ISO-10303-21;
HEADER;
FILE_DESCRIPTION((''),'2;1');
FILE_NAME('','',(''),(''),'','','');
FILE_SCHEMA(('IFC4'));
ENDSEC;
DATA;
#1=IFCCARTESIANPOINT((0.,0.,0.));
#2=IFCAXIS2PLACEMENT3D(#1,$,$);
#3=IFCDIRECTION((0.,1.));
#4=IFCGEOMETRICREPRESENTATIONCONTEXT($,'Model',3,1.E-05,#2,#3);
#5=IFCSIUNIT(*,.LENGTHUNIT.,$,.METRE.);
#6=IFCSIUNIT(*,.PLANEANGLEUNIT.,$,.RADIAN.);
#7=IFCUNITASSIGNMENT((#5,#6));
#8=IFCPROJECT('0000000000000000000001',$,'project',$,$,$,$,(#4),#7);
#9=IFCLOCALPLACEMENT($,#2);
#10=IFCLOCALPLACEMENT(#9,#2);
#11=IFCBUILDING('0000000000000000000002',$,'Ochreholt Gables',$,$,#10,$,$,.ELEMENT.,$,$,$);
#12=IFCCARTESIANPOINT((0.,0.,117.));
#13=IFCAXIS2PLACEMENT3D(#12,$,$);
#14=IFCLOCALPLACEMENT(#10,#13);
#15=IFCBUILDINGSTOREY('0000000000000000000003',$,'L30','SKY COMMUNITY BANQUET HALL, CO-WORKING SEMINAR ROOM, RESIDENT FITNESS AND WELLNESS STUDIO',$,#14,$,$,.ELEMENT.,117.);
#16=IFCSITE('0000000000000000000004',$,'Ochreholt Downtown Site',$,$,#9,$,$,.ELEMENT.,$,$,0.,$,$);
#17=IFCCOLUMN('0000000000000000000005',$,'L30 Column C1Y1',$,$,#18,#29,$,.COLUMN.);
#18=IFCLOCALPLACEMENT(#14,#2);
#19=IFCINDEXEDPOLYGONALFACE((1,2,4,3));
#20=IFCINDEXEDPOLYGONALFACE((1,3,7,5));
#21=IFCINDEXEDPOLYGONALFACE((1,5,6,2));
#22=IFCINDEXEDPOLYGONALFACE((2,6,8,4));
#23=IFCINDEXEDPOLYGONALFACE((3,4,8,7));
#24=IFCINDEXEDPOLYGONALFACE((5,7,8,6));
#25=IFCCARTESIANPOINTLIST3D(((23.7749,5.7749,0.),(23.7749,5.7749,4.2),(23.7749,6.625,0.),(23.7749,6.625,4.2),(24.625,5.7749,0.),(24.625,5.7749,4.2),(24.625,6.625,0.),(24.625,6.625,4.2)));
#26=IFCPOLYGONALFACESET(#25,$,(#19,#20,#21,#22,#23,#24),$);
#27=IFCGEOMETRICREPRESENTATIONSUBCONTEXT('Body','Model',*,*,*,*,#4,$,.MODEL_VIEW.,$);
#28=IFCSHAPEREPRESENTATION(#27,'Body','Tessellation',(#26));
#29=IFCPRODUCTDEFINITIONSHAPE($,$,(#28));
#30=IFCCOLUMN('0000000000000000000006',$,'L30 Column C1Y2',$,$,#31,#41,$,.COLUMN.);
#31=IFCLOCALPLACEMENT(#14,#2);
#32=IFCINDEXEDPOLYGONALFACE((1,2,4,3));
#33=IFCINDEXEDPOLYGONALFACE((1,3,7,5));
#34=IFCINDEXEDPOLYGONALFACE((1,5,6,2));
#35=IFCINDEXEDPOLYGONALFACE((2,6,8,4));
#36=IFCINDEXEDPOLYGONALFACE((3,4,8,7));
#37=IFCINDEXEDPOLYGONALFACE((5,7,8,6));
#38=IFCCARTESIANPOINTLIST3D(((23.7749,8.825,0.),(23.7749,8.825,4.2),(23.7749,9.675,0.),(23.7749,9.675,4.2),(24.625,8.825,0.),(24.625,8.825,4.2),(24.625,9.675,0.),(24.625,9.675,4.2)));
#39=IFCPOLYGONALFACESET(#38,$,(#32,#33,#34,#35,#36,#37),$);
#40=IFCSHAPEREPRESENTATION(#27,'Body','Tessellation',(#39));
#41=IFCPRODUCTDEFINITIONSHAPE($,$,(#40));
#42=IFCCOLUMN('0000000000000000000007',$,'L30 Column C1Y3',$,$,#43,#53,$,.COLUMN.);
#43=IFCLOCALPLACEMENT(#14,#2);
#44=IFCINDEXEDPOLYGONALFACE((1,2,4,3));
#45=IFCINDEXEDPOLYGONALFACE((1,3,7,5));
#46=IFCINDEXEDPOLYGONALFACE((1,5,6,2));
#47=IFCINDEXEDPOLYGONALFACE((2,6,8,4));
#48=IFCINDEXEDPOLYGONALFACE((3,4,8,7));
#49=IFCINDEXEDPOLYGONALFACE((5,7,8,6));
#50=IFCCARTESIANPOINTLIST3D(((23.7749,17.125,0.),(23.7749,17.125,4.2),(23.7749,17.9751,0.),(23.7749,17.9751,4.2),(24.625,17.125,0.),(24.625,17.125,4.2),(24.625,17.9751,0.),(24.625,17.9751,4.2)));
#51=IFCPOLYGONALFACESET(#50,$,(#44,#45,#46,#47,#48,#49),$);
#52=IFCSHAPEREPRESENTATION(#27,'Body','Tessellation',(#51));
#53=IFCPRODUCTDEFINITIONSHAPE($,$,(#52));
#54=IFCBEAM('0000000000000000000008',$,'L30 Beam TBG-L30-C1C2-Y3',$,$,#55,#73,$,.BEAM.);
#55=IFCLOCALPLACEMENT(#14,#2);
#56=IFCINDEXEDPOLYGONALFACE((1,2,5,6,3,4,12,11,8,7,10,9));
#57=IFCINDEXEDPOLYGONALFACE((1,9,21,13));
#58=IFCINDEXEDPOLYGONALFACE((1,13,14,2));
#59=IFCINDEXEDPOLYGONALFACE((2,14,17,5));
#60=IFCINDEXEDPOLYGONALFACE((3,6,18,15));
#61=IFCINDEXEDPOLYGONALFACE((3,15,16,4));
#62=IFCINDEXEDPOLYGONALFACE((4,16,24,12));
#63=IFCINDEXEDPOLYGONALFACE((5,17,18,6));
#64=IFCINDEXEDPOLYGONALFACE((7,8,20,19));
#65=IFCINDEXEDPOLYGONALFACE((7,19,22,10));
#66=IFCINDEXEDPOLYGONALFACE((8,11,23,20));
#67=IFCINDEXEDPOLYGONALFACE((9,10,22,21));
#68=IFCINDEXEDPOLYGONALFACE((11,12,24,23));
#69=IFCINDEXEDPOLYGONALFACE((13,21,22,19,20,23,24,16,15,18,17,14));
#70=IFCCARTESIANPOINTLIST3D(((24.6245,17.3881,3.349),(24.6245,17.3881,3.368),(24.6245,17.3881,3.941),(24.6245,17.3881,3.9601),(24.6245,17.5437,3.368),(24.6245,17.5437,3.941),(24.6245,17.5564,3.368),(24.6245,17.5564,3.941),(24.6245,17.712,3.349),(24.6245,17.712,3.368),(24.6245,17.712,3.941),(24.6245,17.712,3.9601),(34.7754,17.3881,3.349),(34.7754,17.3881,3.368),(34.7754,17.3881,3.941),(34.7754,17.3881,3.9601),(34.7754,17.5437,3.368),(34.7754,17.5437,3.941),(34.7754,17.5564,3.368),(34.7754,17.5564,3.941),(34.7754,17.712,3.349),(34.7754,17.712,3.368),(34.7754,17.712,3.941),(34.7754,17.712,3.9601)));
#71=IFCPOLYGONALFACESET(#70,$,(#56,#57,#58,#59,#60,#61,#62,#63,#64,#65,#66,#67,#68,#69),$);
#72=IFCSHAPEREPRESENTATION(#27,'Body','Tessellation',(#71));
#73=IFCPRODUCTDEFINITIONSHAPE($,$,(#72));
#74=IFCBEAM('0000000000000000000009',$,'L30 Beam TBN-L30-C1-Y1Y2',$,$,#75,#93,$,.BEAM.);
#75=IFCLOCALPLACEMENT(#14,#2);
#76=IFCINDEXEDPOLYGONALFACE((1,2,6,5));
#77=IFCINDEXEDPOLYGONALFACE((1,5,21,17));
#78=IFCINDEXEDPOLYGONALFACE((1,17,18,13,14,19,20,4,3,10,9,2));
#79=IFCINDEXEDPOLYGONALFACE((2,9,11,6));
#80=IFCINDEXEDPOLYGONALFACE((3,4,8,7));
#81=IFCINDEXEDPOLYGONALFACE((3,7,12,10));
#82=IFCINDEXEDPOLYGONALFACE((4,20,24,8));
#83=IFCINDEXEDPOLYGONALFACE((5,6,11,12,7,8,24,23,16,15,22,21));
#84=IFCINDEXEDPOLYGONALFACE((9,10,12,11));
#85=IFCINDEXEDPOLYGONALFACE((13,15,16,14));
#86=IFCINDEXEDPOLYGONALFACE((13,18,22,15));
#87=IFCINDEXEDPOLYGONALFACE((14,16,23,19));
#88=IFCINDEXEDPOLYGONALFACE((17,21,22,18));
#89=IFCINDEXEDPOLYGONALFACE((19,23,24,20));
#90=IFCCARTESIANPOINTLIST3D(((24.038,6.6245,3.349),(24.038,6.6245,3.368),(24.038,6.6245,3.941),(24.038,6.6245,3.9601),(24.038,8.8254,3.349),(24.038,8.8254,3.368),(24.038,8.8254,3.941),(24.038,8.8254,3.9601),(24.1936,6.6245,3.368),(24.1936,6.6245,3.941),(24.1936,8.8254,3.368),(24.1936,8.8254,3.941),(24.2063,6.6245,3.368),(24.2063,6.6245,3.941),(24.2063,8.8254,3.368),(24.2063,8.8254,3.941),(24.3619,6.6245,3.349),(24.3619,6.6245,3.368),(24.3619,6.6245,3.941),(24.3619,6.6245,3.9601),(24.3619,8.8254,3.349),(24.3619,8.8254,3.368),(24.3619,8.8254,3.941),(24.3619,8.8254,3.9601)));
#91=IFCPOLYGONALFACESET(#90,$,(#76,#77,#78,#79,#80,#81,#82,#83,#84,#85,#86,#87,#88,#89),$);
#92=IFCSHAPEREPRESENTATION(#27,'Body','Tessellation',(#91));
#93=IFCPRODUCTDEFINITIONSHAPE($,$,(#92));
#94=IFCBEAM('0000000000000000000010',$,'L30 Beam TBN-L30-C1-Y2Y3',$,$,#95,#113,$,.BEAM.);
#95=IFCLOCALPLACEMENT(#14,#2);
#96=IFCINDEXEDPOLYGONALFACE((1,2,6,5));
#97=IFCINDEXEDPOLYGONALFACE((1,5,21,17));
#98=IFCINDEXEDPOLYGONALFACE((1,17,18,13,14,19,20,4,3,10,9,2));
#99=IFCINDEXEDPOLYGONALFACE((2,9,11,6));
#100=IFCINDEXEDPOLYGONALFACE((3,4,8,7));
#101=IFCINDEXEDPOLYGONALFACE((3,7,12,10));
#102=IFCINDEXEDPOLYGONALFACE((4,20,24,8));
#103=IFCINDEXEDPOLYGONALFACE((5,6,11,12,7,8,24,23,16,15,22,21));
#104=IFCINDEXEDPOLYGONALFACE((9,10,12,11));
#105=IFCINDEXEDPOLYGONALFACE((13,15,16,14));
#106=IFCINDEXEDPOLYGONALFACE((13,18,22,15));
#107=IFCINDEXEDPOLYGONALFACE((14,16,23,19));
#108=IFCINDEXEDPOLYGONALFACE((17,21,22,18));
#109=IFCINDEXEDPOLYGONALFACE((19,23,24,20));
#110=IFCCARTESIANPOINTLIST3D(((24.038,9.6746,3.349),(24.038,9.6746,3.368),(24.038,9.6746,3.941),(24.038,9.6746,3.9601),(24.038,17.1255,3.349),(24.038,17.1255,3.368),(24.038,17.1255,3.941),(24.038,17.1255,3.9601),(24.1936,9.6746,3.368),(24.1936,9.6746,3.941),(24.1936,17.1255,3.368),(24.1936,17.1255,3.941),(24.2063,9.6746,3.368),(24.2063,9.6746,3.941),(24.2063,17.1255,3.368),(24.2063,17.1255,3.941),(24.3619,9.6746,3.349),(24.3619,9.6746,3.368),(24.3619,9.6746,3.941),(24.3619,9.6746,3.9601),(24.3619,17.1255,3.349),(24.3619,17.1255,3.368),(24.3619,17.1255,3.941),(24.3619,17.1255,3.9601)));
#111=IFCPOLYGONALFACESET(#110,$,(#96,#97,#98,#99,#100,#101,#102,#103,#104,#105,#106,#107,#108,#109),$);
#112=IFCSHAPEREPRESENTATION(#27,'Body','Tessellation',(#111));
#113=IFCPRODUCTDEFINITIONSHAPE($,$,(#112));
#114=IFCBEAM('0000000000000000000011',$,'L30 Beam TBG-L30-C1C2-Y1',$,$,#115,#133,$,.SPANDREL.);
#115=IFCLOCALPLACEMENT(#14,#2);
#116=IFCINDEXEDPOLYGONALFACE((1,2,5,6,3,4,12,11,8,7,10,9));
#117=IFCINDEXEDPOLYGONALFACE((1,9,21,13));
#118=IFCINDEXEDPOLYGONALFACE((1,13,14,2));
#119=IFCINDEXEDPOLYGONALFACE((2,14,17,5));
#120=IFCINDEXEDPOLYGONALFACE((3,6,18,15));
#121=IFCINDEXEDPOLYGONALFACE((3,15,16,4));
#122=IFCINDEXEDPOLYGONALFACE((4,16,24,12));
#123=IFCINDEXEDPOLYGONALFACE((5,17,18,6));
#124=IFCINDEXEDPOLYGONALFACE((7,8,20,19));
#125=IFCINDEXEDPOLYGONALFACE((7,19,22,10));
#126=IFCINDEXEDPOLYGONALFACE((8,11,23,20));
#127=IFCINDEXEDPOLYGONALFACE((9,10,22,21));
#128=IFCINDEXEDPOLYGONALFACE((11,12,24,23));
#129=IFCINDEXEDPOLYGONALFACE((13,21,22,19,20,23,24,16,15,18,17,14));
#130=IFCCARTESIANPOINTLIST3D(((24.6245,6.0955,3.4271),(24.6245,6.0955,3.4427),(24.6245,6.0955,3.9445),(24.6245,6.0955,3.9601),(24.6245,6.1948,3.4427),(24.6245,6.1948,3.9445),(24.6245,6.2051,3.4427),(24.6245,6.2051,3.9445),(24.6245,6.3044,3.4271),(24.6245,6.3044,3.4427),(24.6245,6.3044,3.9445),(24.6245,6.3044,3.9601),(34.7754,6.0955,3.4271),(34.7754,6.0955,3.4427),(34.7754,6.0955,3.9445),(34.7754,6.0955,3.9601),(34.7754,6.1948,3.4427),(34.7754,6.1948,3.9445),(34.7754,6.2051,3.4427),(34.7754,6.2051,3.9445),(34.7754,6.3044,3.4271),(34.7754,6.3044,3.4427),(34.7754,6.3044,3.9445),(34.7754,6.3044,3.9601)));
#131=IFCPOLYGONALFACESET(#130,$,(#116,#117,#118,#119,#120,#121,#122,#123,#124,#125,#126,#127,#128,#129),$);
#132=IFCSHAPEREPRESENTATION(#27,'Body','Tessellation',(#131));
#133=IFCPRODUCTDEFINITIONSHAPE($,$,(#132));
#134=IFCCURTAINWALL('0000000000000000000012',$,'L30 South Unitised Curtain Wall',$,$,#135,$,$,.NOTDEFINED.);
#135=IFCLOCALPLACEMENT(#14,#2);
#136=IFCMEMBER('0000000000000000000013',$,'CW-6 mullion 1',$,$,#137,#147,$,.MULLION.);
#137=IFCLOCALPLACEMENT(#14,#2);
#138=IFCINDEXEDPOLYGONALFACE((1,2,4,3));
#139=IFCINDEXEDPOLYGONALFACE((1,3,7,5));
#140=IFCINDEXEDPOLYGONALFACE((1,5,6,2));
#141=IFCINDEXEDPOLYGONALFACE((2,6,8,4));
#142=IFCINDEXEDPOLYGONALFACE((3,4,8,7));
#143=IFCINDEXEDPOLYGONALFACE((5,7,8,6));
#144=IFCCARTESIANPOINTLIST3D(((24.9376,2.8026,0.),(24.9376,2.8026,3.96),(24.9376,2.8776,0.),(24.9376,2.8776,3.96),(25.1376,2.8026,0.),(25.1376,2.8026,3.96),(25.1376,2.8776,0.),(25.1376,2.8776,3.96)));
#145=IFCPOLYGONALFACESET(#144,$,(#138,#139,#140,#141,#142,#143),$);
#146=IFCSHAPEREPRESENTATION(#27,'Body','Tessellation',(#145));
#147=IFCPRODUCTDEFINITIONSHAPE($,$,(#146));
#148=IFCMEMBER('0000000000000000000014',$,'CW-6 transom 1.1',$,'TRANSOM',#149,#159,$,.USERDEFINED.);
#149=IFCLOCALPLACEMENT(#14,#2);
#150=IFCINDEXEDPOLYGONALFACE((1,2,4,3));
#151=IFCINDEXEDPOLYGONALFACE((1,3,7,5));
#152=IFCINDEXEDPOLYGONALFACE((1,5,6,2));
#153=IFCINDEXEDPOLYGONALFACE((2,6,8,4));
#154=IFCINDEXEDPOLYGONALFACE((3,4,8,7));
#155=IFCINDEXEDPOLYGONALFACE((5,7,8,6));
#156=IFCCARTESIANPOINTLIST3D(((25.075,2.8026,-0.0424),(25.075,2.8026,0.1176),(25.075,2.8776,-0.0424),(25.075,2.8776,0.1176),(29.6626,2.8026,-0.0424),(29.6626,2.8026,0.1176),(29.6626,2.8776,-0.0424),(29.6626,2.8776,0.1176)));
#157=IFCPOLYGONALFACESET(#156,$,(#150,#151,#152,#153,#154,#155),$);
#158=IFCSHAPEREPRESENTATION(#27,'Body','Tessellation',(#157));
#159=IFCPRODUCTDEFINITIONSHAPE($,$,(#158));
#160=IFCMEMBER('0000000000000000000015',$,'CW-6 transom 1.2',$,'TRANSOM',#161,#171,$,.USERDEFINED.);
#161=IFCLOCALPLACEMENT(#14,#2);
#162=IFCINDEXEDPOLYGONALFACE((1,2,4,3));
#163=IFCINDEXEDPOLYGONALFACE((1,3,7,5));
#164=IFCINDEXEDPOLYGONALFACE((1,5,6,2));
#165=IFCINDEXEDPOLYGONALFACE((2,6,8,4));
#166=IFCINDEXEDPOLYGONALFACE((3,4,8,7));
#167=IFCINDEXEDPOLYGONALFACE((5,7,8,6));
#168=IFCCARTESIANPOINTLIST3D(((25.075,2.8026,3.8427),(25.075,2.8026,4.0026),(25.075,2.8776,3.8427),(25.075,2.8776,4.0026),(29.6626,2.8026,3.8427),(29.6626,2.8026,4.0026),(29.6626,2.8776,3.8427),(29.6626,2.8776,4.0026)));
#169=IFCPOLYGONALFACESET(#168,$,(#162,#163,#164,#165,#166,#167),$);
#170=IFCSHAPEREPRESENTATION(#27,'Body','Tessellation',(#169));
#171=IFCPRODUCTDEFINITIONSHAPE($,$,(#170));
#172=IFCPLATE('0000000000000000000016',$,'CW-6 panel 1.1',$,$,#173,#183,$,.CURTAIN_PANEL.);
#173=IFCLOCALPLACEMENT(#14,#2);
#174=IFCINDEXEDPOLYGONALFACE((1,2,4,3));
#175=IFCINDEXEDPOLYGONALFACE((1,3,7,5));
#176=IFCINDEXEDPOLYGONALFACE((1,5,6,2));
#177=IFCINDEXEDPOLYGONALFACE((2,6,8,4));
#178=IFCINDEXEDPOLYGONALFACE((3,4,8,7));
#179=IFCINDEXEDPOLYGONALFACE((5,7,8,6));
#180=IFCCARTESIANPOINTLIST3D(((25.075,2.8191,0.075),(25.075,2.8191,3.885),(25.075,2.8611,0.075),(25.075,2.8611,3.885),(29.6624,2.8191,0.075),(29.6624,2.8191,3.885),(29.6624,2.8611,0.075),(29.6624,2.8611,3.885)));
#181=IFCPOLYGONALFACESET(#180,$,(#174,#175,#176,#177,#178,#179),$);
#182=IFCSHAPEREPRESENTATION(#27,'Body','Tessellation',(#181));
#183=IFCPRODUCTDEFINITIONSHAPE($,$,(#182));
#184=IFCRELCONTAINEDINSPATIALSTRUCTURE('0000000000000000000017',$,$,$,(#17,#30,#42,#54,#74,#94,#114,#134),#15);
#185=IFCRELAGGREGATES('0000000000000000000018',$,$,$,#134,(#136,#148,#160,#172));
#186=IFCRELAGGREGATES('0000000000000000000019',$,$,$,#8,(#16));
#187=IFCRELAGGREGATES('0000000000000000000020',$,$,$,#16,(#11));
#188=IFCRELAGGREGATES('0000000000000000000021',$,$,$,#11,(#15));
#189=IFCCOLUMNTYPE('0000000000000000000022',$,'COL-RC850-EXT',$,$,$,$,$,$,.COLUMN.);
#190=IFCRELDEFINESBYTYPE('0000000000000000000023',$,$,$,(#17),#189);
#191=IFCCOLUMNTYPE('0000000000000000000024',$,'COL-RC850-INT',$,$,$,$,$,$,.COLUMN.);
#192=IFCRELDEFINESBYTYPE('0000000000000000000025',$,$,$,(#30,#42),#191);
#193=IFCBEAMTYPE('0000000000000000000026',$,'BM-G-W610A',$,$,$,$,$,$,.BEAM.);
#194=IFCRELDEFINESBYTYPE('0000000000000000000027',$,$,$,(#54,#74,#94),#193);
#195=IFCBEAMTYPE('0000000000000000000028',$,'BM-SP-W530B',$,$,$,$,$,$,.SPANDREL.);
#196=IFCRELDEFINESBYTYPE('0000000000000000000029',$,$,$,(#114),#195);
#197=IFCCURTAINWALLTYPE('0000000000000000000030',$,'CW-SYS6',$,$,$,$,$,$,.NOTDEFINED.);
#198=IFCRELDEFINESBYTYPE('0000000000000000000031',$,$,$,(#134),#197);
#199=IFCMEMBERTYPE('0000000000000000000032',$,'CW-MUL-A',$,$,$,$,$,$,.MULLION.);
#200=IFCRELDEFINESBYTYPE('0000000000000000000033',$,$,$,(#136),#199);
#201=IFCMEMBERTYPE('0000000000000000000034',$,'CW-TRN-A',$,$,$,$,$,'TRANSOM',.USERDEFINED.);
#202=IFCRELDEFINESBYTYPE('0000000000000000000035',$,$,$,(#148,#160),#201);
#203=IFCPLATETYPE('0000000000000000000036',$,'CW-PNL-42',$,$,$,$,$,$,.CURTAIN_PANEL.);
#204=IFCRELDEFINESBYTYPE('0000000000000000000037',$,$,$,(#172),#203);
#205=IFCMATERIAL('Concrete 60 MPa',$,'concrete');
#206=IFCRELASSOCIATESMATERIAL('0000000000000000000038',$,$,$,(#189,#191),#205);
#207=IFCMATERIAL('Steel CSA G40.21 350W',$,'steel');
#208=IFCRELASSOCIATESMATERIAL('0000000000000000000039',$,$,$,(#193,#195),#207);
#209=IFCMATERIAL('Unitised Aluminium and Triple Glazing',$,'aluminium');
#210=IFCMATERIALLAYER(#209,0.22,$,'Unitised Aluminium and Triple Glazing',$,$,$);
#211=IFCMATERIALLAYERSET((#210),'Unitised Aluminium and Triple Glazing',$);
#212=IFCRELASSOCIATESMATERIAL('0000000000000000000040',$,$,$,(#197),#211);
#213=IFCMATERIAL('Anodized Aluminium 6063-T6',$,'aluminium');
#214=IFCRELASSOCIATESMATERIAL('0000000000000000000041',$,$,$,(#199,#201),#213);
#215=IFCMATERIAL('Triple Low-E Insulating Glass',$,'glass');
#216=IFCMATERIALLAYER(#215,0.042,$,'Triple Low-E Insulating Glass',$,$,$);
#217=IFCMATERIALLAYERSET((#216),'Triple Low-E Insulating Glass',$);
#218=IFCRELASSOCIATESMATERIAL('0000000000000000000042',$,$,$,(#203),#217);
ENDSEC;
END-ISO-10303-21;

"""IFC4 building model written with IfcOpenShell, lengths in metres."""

from ifc_helpers import new_model, si_unit, direction, frame, origin, origin_2d, place, context, subcontext, project, spatial, rectangle, i_section, extrude, material, layer, layer_set, material_profile, profile_set, type_object, element, aggregate, save


model = new_model("IFC4")

# Units and contexts
model_context = context("Model", 3, precision=1e-05, world=origin(), true_north=direction((0.0, 1.0)))
body_context = subcontext(model_context, "Body", "Model", "MODEL_VIEW")
ifc_project = project(units=[si_unit("LENGTHUNIT", "METRE"), si_unit("PLANEANGLEUNIT", "RADIAN")], contexts=[model_context])

# Site, building, storey
site_placement = place(None, origin())
site = spatial("IfcSite", under=ifc_project, at=site_placement, Name="Ochreholt Downtown Site", CompositionType="ELEMENT", RefElevation=0.0)
building_placement = place(site_placement, origin())
building = spatial("IfcBuilding", under=site, at=building_placement, Name="Ochreholt Gables", CompositionType="ELEMENT")
storey_placement = place(building_placement, frame((0.0, 0.0, 117.0)))
storey = spatial("IfcBuildingStorey", under=building, at=storey_placement, Name="L30", Description="SKY COMMUNITY BANQUET HALL, CO-WORKING SEMINAR ROOM, RESIDENT FITNESS AND WELLNESS STUDIO", CompositionType="ELEMENT", Elevation=117.0)

# Columns
ifc_material_1 = material(Name="Concrete 60 MPa", Category="concrete")
ifc_material_profile_1 = material_profile(ifc_material_1, rectangle(XDim=0.8501, YDim=0.8501, at=origin_2d()), Name="RC850X850")
ifc_profile_set_1 = profile_set([ifc_material_profile_1], Name="Concrete 60 MPa")
column_type_1 = type_object("IfcColumnType", Name="COL-RC850-EXT", PredefinedType="COLUMN", material=ifc_profile_set_1)
column_placement = place(storey_placement, frame((24.2, 6.2, 0.0), z_axis=(0.0, 0.0, 1.0), x_axis=(1.0, 0.0, 0.0)))
element("IfcColumn", 1, at=column_placement, inside=storey, type_object=column_type_1, Name="L30 Column C1Y1", PredefinedType="COLUMN", context=body_context, shape_type="SweptSolid", body=[
    extrude(rectangle(XDim=0.8501, YDim=0.8501, at=origin_2d()), origin(), (0.0, 0.0, 1.0), 4.2),
])
ifc_material_profile_2 = material_profile(ifc_material_1, rectangle(XDim=0.8501, YDim=0.8501, at=origin_2d()), Name="RC850X850")
ifc_profile_set_2 = profile_set([ifc_material_profile_2], Name="Concrete 60 MPa")
column_type_2 = type_object("IfcColumnType", Name="COL-RC850-INT", PredefinedType="COLUMN", material=ifc_profile_set_2)
for number, where, z_axis, x_axis, name in (
    (2, (24.2, 9.25, 0.0), (0.0, 0.0, 1.0), (1.0, 0.0, 0.0), "L30 Column C1Y2"),
    (3, (24.2, 17.55, 0.0), (0.0, 0.0, 1.0), (1.0, 0.0, 0.0), "L30 Column C1Y3"),
):
    element("IfcColumn", number, at=place(storey_placement, frame(where, z_axis=z_axis, x_axis=x_axis)), inside=storey, type_object=column_type_2, Name=name, PredefinedType="COLUMN", context=body_context, shape_type="SweptSolid", body=[
        extrude(rectangle(XDim=0.8501, YDim=0.8501, at=origin_2d()), origin(), (0.0, 0.0, 1.0), 4.2),
    ])

# Beams
ifc_material_2 = material(Name="Steel CSA G40.21 350W", Category="steel")
ifc_material_profile_3 = material_profile(ifc_material_2, i_section(OverallWidth=0.324, OverallDepth=0.6111, WebThickness=0.0127, FlangeThickness=0.019, at=origin_2d()), Name="W610X155")
ifc_profile_set_3 = profile_set([ifc_material_profile_3], Name="Steel CSA G40.21 350W")
beam_type_1 = type_object("IfcBeamType", Name="BM-G-W610A", PredefinedType="BEAM", material=ifc_profile_set_3)
beam_1_placement = place(storey_placement, frame((24.6245, 17.55, 3.6545), z_axis=(1.0, 0.0, 0.0), x_axis=(0.0, 1.0, 0.0)))
element("IfcBeam", 4, at=beam_1_placement, inside=storey, type_object=beam_type_1, Name="L30 Beam TBG-L30-C1C2-Y3", PredefinedType="BEAM", context=body_context, shape_type="SweptSolid", body=[
    extrude(i_section(OverallWidth=0.324, OverallDepth=0.6111, WebThickness=0.0127, FlangeThickness=0.019, at=origin_2d()), origin(), (0.0, 0.0, 1.0), 10.1509),
])
beam_2_placement = place(storey_placement, frame((24.2, 6.6245, 3.6545), z_axis=(0.0, 1.0, 0.0), x_axis=(-1.0, 0.0, 0.0)))
element("IfcBeam", 5, at=beam_2_placement, inside=storey, type_object=beam_type_1, Name="L30 Beam TBN-L30-C1-Y1Y2", PredefinedType="BEAM", context=body_context, shape_type="SweptSolid", body=[
    extrude(i_section(OverallWidth=0.324, OverallDepth=0.6111, WebThickness=0.0127, FlangeThickness=0.019, at=origin_2d()), origin(), (0.0, 0.0, 1.0), 2.2009),
])
beam_3_placement = place(storey_placement, frame((24.2, 9.6746, 3.6545), z_axis=(0.0, 1.0, 0.0), x_axis=(-1.0, 0.0, 0.0)))
element("IfcBeam", 6, at=beam_3_placement, inside=storey, type_object=beam_type_1, Name="L30 Beam TBN-L30-C1-Y2Y3", PredefinedType="BEAM", context=body_context, shape_type="SweptSolid", body=[
    extrude(i_section(OverallWidth=0.324, OverallDepth=0.6111, WebThickness=0.0127, FlangeThickness=0.019, at=origin_2d()), origin(), (0.0, 0.0, 1.0), 7.4509),
])
ifc_material_profile_4 = material_profile(ifc_material_2, i_section(OverallWidth=0.209, OverallDepth=0.533, WebThickness=0.0103, FlangeThickness=0.0156, at=origin_2d()), Name="W530X92")
ifc_profile_set_4 = profile_set([ifc_material_profile_4], Name="Steel CSA G40.21 350W")
beam_type_2 = type_object("IfcBeamType", Name="BM-SP-W530B", PredefinedType="SPANDREL", material=ifc_profile_set_4)
beam_4_placement = place(storey_placement, frame((24.6245, 6.2, 3.6936), z_axis=(1.0, 0.0, 0.0), x_axis=(0.0, 1.0, 0.0)))
element("IfcBeam", 7, at=beam_4_placement, inside=storey, type_object=beam_type_2, Name="L30 Beam TBG-L30-C1C2-Y1", PredefinedType="SPANDREL", context=body_context, shape_type="SweptSolid", body=[
    extrude(i_section(OverallWidth=0.209, OverallDepth=0.533, WebThickness=0.0103, FlangeThickness=0.0156, at=origin_2d()), origin(), (0.0, 0.0, 1.0), 10.1509),
])

# Curtain wall, members, plate
ifc_material_3 = material(Name="Unitised Aluminium and Triple Glazing", Category="aluminium")
ifc_layer_1 = layer(ifc_material_3, 0.22, Name="Unitised Aluminium and Triple Glazing")
ifc_layer_set_1 = layer_set([ifc_layer_1], Name="Unitised Aluminium and Triple Glazing")
curtain_wall_type = type_object("IfcCurtainWallType", Name="CW-SYS6", PredefinedType="NOTDEFINED", material=ifc_layer_set_1)
curtain_wall_placement = place(storey_placement, origin())
curtain_wall = element("IfcCurtainWall", 8, at=curtain_wall_placement, inside=storey, type_object=curtain_wall_type, Name="L30 South Unitised Curtain Wall", PredefinedType="NOTDEFINED")
ifc_material_4 = material(Name="Anodized Aluminium 6063-T6", Category="aluminium")
ifc_material_profile_5 = material_profile(ifc_material_4, rectangle(XDim=0.075, YDim=0.2, at=origin_2d()), Name="CWM75X200")
ifc_profile_set_5 = profile_set([ifc_material_profile_5], Name="Anodized Aluminium 6063-T6")
member_type_1 = type_object("IfcMemberType", Name="CW-MUL-A", PredefinedType="MULLION", material=ifc_profile_set_5)
member_1_placement = place(storey_placement, frame((25.0376, 2.8401, 0.0), z_axis=(0.0, 0.0, 1.0), x_axis=(0.0, 1.0, 0.0)))
member_1 = element("IfcMember", 9, at=member_1_placement, type_object=member_type_1, Name="CW-6 mullion 1", PredefinedType="MULLION", context=body_context, shape_type="SweptSolid", body=[
    extrude(rectangle(XDim=0.075, YDim=0.2, at=origin_2d()), origin(), (0.0, 0.0, 1.0), 3.96),
])
ifc_material_profile_6 = material_profile(ifc_material_4, rectangle(XDim=0.075, YDim=0.1599, at=origin_2d()), Name="CWT75X160")
ifc_profile_set_6 = profile_set([ifc_material_profile_6], Name="Anodized Aluminium 6063-T6")
member_type_2 = type_object("IfcMemberType", Name="CW-TRN-A", ElementType="TRANSOM", PredefinedType="USERDEFINED", material=ifc_profile_set_6)
member_2_placement = place(storey_placement, frame((25.075, 2.8401, 0.0376), z_axis=(1.0, 0.0, 0.0), x_axis=(0.0, 1.0, 0.0)))
member_2 = element("IfcMember", 10, at=member_2_placement, type_object=member_type_2, Name="CW-6 transom 1.1", ObjectType="TRANSOM", PredefinedType="USERDEFINED", context=body_context, shape_type="SweptSolid", body=[
    extrude(rectangle(XDim=0.075, YDim=0.1599, at=origin_2d()), origin(), (0.0, 0.0, 1.0), 4.5876),
])
member_3_placement = place(storey_placement, frame((25.075, 2.8401, 3.9226), z_axis=(1.0, 0.0, 0.0), x_axis=(0.0, 1.0, 0.0)))
member_3 = element("IfcMember", 11, at=member_3_placement, type_object=member_type_2, Name="CW-6 transom 1.2", ObjectType="TRANSOM", PredefinedType="USERDEFINED", context=body_context, shape_type="SweptSolid", body=[
    extrude(rectangle(XDim=0.075, YDim=0.1599, at=origin_2d()), origin(), (0.0, 0.0, 1.0), 4.5876),
])
ifc_material_5 = material(Name="Triple Low-E Insulating Glass", Category="glass")
ifc_layer_2 = layer(ifc_material_5, 0.042, Name="Triple Low-E Insulating Glass")
ifc_layer_set_2 = layer_set([ifc_layer_2], Name="Triple Low-E Insulating Glass")
plate_type = type_object("IfcPlateType", Name="CW-PNL-42", PredefinedType="CURTAIN_PANEL", material=ifc_layer_set_2)
plate_placement = place(storey_placement, frame((27.3687, 2.8401, 0.075), z_axis=(0.0, 0.0, 1.0), x_axis=(1.0, 0.0, 0.0)))
plate = element("IfcPlate", 12, at=plate_placement, type_object=plate_type, Name="CW-6 panel 1.1", PredefinedType="CURTAIN_PANEL", context=body_context, shape_type="SweptSolid", body=[
    extrude(rectangle(XDim=4.5874, YDim=0.042, at=origin_2d()), origin(), (0.0, 0.0, 1.0), 3.8101),
])
aggregate(curtain_wall, [member_1, member_2, member_3, plate])

save(model, "model.ifc")
